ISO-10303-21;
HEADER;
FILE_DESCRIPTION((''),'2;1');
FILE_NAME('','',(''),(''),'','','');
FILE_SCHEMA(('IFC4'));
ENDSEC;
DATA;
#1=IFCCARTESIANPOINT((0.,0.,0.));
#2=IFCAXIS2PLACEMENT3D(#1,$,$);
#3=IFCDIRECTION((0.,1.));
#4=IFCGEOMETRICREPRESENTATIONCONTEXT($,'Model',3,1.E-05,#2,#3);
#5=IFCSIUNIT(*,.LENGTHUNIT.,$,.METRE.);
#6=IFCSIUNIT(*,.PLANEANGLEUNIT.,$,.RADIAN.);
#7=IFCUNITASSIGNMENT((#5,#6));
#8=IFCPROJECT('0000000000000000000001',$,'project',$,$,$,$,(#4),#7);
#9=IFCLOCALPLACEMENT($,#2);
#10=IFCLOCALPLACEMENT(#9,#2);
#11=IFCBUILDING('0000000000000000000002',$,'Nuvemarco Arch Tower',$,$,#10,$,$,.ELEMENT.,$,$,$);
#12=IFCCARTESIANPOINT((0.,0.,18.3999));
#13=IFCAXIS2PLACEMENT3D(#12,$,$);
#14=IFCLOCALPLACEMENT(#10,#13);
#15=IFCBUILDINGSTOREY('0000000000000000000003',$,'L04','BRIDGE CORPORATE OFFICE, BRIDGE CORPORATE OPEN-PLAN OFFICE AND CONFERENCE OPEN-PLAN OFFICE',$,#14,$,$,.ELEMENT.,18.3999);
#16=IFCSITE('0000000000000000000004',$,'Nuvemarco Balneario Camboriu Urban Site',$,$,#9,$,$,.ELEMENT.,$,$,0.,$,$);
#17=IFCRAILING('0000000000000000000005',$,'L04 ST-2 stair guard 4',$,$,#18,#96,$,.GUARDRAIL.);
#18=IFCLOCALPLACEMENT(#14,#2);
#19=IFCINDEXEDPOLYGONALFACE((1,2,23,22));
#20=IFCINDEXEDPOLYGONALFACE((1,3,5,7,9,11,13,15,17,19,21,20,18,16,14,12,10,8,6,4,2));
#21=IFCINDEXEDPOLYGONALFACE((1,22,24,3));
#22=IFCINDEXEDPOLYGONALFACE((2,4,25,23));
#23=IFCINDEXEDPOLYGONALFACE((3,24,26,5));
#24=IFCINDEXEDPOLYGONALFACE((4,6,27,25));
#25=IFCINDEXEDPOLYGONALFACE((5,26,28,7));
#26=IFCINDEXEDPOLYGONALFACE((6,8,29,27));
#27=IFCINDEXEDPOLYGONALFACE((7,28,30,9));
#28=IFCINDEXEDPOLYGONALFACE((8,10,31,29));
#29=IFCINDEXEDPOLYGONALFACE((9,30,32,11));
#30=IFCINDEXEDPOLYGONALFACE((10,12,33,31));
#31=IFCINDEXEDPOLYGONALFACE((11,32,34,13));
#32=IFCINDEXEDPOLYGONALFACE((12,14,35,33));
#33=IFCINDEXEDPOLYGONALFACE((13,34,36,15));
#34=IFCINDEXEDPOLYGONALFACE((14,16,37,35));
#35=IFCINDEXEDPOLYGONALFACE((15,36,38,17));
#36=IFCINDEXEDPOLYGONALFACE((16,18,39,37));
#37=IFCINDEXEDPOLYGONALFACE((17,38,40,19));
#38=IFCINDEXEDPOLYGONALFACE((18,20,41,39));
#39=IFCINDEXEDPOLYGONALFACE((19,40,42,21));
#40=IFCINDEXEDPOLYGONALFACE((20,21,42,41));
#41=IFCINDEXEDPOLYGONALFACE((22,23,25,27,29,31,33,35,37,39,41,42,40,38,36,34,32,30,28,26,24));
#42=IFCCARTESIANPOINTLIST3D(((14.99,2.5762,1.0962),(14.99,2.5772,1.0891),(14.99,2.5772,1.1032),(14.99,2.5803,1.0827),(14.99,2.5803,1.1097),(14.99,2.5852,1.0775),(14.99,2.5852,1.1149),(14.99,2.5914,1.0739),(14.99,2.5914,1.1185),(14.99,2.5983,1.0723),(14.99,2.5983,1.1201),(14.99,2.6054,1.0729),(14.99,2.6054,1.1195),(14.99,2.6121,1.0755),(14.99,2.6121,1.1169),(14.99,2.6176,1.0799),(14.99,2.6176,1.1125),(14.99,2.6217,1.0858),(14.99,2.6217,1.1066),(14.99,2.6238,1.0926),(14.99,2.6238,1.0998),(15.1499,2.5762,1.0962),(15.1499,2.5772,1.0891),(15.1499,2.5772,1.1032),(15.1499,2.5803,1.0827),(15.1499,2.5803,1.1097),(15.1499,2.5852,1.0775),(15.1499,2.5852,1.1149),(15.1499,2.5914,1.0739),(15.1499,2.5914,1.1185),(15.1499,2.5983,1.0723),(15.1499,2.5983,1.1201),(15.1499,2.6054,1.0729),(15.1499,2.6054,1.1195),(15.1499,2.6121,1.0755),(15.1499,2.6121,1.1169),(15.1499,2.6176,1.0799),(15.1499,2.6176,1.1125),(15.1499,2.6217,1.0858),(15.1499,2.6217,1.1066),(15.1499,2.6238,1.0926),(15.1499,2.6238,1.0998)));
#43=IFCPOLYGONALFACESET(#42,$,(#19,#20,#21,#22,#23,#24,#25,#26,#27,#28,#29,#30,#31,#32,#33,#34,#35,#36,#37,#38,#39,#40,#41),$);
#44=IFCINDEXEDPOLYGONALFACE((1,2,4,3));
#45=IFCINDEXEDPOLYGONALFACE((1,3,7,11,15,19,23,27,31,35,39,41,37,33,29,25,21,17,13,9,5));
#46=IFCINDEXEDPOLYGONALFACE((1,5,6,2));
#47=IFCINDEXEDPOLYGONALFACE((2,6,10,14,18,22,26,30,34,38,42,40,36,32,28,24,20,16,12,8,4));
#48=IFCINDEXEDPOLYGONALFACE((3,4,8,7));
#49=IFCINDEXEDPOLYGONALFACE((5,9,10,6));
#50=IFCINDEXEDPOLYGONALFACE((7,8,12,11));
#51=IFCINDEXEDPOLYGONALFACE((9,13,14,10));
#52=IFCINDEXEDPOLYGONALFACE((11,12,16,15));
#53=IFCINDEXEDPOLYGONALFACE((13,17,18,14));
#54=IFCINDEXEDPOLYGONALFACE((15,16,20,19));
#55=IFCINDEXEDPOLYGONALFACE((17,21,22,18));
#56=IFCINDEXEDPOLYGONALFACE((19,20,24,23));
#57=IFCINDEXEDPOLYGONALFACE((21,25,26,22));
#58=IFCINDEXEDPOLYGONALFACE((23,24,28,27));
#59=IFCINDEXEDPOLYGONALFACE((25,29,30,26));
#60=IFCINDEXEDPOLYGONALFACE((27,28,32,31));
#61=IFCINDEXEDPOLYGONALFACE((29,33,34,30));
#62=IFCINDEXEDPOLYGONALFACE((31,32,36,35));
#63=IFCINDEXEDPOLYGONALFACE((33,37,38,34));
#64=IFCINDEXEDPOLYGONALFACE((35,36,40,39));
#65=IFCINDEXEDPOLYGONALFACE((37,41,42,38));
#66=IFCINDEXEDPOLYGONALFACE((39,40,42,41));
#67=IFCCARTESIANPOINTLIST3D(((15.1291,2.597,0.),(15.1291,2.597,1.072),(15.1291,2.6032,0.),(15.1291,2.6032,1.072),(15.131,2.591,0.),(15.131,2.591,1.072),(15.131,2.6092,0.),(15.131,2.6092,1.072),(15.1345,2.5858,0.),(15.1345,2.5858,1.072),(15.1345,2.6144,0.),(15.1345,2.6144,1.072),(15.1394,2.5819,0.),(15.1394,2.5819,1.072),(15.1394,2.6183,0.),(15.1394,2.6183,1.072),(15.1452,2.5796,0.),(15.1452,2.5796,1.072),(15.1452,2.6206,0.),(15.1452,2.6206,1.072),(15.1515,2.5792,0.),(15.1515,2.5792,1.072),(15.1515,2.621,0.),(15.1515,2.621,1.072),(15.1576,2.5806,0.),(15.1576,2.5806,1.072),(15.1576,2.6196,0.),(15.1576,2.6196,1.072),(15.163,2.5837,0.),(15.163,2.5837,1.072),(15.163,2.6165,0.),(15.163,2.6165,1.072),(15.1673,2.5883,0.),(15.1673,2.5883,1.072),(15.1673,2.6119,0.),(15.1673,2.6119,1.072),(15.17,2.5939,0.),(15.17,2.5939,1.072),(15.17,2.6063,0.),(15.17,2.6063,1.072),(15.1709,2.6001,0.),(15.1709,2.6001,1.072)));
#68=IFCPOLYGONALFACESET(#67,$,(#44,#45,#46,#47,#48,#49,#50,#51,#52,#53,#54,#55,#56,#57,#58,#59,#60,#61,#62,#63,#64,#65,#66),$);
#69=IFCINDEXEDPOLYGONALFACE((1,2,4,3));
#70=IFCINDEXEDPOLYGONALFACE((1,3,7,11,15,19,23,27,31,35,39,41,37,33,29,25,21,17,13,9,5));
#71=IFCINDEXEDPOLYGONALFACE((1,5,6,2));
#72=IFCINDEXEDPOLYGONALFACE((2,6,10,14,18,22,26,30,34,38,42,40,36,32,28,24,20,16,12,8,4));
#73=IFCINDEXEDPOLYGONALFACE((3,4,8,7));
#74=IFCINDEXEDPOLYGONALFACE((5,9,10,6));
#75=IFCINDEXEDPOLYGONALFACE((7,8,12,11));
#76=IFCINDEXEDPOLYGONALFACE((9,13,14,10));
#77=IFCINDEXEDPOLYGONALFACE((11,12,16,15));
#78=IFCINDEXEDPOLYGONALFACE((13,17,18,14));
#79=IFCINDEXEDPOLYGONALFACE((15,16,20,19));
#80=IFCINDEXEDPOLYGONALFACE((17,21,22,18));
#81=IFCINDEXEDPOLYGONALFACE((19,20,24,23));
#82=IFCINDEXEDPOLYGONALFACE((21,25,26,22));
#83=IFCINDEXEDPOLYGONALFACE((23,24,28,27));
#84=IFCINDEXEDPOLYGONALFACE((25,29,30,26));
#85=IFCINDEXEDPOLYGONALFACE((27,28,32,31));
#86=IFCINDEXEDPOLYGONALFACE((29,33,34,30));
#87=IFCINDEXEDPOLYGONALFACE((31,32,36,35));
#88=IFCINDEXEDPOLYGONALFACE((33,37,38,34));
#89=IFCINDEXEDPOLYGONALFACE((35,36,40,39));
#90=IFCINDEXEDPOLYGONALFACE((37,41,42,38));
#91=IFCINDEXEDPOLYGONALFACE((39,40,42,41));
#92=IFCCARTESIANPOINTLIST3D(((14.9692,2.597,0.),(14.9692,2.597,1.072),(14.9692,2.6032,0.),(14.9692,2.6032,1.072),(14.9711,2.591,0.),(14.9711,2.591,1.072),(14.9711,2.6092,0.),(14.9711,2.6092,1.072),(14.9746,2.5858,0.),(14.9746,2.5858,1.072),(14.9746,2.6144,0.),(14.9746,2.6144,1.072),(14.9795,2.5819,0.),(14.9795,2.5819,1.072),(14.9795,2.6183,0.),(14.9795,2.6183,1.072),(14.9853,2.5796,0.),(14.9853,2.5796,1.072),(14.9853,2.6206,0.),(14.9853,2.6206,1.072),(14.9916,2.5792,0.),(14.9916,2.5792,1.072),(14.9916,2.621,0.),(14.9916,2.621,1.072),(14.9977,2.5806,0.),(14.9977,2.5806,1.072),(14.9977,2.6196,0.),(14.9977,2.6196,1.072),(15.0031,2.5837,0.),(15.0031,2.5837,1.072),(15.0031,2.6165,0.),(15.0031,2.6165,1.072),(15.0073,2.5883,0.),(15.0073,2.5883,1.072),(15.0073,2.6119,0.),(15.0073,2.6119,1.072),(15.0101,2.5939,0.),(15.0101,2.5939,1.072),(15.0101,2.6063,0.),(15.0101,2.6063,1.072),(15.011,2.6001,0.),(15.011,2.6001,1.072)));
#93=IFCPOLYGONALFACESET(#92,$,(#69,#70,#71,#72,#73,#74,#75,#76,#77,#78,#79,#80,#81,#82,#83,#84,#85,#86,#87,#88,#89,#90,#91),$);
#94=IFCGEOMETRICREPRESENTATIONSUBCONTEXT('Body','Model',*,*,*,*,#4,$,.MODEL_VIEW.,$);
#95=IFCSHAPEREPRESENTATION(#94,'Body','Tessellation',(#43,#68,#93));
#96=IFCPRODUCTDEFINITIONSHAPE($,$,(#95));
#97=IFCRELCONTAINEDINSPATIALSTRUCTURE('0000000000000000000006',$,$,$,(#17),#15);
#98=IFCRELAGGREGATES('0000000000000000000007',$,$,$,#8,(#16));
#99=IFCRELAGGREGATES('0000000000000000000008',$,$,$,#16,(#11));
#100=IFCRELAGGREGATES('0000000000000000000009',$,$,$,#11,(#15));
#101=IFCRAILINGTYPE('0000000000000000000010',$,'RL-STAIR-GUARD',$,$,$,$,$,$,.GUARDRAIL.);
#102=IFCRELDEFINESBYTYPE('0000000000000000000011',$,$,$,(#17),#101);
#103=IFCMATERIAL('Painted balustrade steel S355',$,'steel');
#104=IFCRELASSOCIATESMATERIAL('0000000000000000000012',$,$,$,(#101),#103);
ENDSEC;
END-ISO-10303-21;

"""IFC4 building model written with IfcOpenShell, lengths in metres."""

from ifc_helpers import new_model, si_unit, direction, frame, origin, origin_2d, place, context, subcontext, project, spatial, circle, extrude, material, type_object, element, save


model = new_model("IFC4")

# Units and contexts
model_context = context("Model", 3, precision=1e-05, world=origin(), true_north=direction((0.0, 1.0)))
body_context = subcontext(model_context, "Body", "Model", "MODEL_VIEW")
ifc_project = project(units=[si_unit("LENGTHUNIT", "METRE"), si_unit("PLANEANGLEUNIT", "RADIAN")], contexts=[model_context])

# Site, building, storey
site_placement = place(None, origin())
site = spatial("IfcSite", under=ifc_project, at=site_placement, Name="Nuvemarco Balneario Camboriu Urban Site", CompositionType="ELEMENT", RefElevation=0.0)
building_placement = place(site_placement, origin())
building = spatial("IfcBuilding", under=site, at=building_placement, Name="Nuvemarco Arch Tower", CompositionType="ELEMENT")
storey_placement = place(building_placement, frame((0.0, 0.0, 18.3999)))
storey = spatial("IfcBuildingStorey", under=building, at=storey_placement, Name="L04", Description="BRIDGE CORPORATE OFFICE, BRIDGE CORPORATE OPEN-PLAN OFFICE AND CONFERENCE OPEN-PLAN OFFICE", CompositionType="ELEMENT", Elevation=18.3999)

# Railing
ifc_material_1 = material(Name="Painted balustrade steel S355", Category="steel")
railing_type_1 = type_object("IfcRailingType", Name="RL-STAIR-GUARD", PredefinedType="GUARDRAIL", material=ifc_material_1)
railing_1_placement = place(storey_placement, frame((15.1499, 2.6001, 0.0)))
element("IfcRailing", 1, at=railing_1_placement, inside=storey, type_object=railing_type_1, Name="L04 ST-2 stair guard 4", PredefinedType="GUARDRAIL", context=body_context, shape_type="SweptSolid", body=[
    extrude(circle(Radius=0.0239, at=origin_2d()), frame((0.0, 0.0, 1.0962), z_axis=(-1.0, 0.0, 0.0), x_axis=(0.0, -1.0, 0.0)), (0.0, 0.0, 1.0), 0.1599),
    extrude(circle(Radius=0.021, at=origin_2d()), origin(), (0.0, 0.0, 1.0), 1.072),
    extrude(circle(Radius=0.021, at=origin_2d()), frame((-0.1599, 0.0, 0.0)), (0.0, 0.0, 1.0), 1.072),
])

save(model, "model.ifc")
